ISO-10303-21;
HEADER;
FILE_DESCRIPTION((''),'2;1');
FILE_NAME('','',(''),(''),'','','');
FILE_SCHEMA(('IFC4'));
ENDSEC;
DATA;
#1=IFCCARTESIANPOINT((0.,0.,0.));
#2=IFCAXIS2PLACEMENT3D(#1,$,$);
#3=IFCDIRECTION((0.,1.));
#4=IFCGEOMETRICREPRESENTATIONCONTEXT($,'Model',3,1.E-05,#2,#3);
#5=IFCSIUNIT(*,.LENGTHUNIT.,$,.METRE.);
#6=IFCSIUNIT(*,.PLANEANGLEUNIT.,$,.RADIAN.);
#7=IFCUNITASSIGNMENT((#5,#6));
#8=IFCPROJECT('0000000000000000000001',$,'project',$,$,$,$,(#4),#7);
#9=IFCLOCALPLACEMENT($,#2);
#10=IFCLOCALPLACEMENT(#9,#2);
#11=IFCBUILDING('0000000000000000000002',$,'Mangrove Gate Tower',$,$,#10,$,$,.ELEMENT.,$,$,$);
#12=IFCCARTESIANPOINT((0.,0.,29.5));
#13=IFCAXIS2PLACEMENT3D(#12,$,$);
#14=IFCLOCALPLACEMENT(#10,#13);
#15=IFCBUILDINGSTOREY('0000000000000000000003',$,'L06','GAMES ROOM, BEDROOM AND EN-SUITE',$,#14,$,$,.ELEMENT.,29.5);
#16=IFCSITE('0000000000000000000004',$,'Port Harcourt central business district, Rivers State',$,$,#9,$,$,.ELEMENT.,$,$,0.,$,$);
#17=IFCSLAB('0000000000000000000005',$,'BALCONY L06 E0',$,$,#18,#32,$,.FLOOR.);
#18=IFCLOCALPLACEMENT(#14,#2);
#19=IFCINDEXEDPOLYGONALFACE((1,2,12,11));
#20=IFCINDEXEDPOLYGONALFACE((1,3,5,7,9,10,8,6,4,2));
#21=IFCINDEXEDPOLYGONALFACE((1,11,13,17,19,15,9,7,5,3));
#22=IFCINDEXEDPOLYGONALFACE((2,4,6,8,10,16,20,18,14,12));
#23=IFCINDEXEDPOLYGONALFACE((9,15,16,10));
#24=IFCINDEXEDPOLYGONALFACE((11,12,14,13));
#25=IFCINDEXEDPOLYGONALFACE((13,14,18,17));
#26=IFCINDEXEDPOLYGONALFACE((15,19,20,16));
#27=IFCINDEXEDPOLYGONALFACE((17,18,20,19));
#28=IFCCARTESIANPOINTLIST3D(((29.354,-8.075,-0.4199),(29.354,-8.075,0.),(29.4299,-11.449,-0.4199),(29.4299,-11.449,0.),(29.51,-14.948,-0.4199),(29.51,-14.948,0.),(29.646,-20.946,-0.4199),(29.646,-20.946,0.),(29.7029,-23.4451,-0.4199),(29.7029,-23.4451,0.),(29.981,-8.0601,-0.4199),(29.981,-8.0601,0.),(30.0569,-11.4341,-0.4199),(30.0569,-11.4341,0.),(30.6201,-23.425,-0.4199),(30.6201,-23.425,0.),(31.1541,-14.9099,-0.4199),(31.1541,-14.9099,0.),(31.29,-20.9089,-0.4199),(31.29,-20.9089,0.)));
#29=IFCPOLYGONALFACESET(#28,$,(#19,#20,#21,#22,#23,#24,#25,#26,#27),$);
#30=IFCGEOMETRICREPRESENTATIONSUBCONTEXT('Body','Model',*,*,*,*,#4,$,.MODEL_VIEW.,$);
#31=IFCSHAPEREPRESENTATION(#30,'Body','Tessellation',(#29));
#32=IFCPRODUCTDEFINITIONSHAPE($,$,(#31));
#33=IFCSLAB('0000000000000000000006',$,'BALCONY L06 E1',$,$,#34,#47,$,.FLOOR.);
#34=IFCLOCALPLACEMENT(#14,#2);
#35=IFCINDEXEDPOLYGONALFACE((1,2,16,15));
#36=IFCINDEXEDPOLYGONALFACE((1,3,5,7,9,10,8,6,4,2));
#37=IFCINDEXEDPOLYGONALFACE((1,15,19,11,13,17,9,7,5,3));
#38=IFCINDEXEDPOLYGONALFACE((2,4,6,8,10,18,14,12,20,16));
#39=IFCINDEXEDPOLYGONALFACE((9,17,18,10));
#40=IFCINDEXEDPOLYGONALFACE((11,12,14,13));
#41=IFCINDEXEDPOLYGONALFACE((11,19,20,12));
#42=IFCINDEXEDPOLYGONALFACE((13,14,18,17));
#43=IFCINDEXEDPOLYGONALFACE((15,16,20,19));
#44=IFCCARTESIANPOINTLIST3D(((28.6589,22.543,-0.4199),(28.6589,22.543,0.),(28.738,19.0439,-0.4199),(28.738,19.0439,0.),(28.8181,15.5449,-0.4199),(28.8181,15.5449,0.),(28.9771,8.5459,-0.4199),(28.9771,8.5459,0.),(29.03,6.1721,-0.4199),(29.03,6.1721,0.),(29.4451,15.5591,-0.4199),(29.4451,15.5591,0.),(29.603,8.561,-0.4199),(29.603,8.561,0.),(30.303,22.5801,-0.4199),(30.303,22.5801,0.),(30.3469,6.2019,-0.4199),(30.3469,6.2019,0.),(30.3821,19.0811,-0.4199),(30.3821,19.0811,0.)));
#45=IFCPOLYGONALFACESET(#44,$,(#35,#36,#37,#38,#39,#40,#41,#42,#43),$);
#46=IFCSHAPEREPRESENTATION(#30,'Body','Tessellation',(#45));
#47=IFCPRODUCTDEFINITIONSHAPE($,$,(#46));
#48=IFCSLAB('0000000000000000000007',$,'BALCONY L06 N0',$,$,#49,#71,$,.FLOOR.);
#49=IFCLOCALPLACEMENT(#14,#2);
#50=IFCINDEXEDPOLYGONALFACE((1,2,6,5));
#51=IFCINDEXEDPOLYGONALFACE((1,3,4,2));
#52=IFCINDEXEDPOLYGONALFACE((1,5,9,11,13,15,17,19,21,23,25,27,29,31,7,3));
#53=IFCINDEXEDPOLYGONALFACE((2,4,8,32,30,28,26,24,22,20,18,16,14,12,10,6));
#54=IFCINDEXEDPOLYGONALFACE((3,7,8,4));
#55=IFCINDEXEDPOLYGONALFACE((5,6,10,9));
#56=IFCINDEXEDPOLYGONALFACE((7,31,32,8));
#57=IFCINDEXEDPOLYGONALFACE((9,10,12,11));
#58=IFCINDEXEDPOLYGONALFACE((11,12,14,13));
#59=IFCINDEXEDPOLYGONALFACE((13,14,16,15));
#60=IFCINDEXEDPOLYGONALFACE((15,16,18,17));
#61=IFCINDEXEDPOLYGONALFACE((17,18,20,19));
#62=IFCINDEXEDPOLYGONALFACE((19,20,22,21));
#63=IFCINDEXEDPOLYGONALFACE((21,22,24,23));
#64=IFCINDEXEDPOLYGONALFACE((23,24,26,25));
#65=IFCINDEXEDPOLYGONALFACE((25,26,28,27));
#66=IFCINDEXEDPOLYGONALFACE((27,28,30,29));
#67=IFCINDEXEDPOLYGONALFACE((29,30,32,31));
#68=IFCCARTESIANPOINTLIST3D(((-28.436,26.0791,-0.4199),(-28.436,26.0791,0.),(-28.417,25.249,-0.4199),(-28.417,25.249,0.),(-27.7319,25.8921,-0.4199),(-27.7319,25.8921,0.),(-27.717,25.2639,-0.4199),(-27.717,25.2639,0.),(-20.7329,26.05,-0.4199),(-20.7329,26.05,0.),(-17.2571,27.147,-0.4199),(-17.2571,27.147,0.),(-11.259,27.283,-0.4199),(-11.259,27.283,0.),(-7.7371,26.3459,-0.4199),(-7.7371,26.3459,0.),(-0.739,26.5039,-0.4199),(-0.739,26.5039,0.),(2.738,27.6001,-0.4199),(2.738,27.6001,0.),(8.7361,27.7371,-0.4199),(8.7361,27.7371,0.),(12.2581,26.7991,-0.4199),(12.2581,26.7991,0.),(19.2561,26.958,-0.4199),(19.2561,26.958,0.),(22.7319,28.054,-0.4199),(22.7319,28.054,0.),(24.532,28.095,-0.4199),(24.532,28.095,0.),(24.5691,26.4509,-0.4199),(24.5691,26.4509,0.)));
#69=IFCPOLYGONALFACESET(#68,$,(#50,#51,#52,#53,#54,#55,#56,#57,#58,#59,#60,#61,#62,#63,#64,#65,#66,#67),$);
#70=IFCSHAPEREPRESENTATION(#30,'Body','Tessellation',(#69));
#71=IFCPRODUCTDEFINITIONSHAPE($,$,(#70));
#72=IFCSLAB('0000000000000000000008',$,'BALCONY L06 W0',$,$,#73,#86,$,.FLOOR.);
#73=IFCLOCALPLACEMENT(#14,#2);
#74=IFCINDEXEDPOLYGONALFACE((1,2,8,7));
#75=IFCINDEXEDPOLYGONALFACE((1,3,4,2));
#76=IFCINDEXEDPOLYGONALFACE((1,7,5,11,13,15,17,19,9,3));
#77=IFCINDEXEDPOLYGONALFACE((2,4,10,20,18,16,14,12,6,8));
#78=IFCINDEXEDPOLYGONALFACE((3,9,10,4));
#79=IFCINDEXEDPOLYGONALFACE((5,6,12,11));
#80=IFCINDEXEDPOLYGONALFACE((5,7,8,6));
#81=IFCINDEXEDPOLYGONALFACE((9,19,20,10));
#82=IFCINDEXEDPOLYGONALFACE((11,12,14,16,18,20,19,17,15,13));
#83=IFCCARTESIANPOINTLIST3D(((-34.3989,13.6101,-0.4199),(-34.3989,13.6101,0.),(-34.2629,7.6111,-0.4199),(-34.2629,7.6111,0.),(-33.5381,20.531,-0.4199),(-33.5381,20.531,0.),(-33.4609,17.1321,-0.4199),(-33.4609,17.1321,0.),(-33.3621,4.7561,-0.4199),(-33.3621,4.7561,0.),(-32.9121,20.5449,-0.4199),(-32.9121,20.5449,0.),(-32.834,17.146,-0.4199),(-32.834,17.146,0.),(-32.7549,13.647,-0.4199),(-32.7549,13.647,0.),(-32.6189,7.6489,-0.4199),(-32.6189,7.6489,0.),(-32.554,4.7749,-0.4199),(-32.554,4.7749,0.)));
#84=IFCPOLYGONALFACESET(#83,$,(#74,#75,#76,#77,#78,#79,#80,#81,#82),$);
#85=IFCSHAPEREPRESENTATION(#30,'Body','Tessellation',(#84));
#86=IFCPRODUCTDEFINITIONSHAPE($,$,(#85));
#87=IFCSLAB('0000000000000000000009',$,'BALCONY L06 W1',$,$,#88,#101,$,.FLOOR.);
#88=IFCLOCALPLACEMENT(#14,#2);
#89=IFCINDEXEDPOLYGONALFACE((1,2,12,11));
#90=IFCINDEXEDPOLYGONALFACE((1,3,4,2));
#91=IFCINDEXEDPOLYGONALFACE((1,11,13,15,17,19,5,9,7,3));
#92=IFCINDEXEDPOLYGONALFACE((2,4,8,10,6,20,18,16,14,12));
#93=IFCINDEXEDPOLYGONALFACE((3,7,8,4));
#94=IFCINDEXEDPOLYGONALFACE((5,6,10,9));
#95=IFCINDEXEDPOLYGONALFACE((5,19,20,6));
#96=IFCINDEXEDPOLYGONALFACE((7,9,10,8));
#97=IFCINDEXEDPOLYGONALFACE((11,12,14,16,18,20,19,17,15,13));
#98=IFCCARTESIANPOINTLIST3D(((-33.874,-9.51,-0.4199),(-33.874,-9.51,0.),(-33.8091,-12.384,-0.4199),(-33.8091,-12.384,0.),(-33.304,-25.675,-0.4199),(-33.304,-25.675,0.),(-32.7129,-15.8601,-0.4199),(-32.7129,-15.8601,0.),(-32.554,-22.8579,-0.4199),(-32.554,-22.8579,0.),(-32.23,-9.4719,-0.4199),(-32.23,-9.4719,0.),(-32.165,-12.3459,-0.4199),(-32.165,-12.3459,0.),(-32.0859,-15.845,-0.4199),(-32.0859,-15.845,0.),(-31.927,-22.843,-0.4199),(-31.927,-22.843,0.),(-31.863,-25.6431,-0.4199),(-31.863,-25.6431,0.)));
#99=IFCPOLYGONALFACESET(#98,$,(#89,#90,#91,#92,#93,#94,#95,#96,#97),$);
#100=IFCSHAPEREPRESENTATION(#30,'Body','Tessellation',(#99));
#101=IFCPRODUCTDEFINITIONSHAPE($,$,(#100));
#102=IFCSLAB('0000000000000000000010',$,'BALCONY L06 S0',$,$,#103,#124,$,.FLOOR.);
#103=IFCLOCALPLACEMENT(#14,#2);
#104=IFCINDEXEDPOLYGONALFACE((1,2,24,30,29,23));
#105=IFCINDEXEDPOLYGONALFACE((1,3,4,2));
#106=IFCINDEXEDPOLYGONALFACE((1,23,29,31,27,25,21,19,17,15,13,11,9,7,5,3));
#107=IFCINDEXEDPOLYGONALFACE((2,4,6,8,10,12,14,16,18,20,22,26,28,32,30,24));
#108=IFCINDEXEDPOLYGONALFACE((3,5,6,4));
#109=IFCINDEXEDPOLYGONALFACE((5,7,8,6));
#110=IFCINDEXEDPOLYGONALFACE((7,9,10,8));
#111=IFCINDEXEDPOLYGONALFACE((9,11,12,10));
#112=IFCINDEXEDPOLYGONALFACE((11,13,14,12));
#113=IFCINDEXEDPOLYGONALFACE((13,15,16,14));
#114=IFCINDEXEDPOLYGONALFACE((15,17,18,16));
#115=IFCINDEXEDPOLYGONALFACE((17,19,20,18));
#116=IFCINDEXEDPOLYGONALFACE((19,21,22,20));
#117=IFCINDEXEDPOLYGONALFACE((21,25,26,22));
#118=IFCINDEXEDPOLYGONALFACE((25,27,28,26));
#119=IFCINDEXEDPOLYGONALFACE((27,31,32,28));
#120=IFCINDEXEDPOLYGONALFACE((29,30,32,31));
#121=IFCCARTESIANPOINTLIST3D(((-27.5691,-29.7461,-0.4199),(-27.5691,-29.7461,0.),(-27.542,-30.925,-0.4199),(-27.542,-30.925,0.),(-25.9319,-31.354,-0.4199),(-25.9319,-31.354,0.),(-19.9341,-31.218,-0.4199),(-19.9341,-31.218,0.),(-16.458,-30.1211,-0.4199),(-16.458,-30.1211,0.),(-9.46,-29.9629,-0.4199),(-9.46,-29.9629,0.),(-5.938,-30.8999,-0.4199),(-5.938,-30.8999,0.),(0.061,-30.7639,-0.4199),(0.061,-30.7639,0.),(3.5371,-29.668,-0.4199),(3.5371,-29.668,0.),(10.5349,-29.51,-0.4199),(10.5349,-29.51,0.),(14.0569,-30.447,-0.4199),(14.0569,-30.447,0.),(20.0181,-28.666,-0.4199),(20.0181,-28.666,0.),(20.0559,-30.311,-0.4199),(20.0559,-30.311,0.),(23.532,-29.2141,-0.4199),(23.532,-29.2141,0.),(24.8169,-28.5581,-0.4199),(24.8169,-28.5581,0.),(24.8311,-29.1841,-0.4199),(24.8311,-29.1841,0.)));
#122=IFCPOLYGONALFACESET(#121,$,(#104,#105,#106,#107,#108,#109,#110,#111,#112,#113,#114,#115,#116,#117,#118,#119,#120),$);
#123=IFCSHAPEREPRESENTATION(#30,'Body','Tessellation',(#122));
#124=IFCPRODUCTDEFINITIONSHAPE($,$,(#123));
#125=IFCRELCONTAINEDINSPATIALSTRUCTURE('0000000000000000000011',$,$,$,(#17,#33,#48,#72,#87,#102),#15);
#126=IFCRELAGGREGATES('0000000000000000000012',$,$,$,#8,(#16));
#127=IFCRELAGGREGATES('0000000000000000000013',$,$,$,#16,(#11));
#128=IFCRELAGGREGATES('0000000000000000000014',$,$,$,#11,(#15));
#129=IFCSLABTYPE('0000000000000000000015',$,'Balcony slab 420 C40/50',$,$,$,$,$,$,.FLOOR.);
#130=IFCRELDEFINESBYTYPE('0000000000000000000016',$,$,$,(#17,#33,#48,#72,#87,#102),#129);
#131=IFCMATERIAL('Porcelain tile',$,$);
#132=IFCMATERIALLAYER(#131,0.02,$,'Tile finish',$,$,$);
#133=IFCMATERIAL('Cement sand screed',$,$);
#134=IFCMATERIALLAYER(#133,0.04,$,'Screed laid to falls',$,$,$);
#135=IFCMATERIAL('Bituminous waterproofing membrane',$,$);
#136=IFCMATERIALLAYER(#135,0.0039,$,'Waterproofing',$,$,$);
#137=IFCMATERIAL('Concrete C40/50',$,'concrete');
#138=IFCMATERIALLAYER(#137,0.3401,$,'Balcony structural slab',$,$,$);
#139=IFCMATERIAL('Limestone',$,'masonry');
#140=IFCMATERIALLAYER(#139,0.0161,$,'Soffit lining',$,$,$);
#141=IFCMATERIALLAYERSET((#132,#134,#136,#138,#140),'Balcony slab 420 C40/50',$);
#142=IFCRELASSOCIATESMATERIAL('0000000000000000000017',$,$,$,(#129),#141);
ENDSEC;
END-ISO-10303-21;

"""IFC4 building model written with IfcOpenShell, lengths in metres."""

from ifc_helpers import new_model, si_unit, direction, frame, origin, place, context, subcontext, project, spatial, polyline, outline, extrude, material, layer, layer_set, type_object, element, save


model = new_model("IFC4")

# Units and contexts
model_context = context("Model", 3, precision=1e-05, world=origin(), true_north=direction((0.0, 1.0)))
body_context = subcontext(model_context, "Body", "Model", "MODEL_VIEW")
ifc_project = project(units=[si_unit("LENGTHUNIT", "METRE"), si_unit("PLANEANGLEUNIT", "RADIAN")], contexts=[model_context])

# Site, building, storey
site_placement = place(None, origin())
site = spatial("IfcSite", under=ifc_project, at=site_placement, Name="Port Harcourt central business district, Rivers State", CompositionType="ELEMENT", RefElevation=0.0)
building_placement = place(site_placement, origin())
building = spatial("IfcBuilding", under=site, at=building_placement, Name="Mangrove Gate Tower", CompositionType="ELEMENT")
storey_placement = place(building_placement, frame((0.0, 0.0, 29.5)))
storey = spatial("IfcBuildingStorey", under=building, at=storey_placement, Name="L06", Description="GAMES ROOM, BEDROOM AND EN-SUITE", CompositionType="ELEMENT", Elevation=29.5)

# Slabs
ifc_material_1 = material(Name="Porcelain tile")
ifc_layer_1 = layer(ifc_material_1, 0.02, Name="Tile finish")
ifc_material_2 = material(Name="Cement sand screed")
ifc_layer_2 = layer(ifc_material_2, 0.04, Name="Screed laid to falls")
ifc_material_3 = material(Name="Bituminous waterproofing membrane")
ifc_layer_3 = layer(ifc_material_3, 0.0039, Name="Waterproofing")
ifc_material_4 = material(Name="Concrete C40/50", Category="concrete")
ifc_layer_4 = layer(ifc_material_4, 0.3401, Name="Balcony structural slab")
ifc_material_5 = material(Name="Limestone", Category="masonry")
ifc_layer_5 = layer(ifc_material_5, 0.0161, Name="Soffit lining")
ifc_layer_set_1 = layer_set([ifc_layer_1, ifc_layer_2, ifc_layer_3, ifc_layer_4, ifc_layer_5], Name="Balcony slab 420 C40/50")
slab_type_1 = type_object("IfcSlabType", Name="Balcony slab 420 C40/50", PredefinedType="FLOOR", material=ifc_layer_set_1)
slab_1_placement = place(storey_placement, frame((0.0, 0.0, -0.4199)))
element("IfcSlab", 1, at=slab_1_placement, inside=storey, type_object=slab_type_1, Name="BALCONY L06 E0", PredefinedType="FLOOR", context=body_context, shape_type="SweptSolid", body=[
    extrude(outline(polyline([(30.6201, -23.425), (31.29, -20.9089), (31.1541, -14.9099), (30.0569, -11.4341), (29.981, -8.0601), (29.354, -8.075), (29.4299, -11.449), (29.51, -14.948), (29.646, -20.946), (29.7029, -23.4451), (30.6201, -23.425)])), origin(), (0.0, 0.0, 1.0), 0.4199),
])
slab_2_placement = place(storey_placement, frame((0.0, 0.0, -0.4199)))
element("IfcSlab", 2, at=slab_2_placement, inside=storey, type_object=slab_type_1, Name="BALCONY L06 E1", PredefinedType="FLOOR", context=body_context, shape_type="SweptSolid", body=[
    extrude(outline(polyline([(30.3469, 6.2019), (29.603, 8.561), (29.4451, 15.5591), (30.3821, 19.0811), (30.303, 22.5801), (28.6589, 22.543), (28.738, 19.0439), (28.8181, 15.5449), (28.9771, 8.5459), (29.03, 6.1721), (30.3469, 6.2019)])), origin(), (0.0, 0.0, 1.0), 0.4199),
])
slab_3_placement = place(storey_placement, frame((0.0, 0.0, -0.4199)))
element("IfcSlab", 3, at=slab_3_placement, inside=storey, type_object=slab_type_1, Name="BALCONY L06 N0", PredefinedType="FLOOR", context=body_context, shape_type="SweptSolid", body=[
    extrude(outline(polyline([(24.532, 28.095), (22.7319, 28.054), (19.2561, 26.958), (12.2581, 26.7991), (8.7361, 27.7371), (2.738, 27.6001), (-0.739, 26.5039), (-7.7371, 26.3459), (-11.259, 27.283), (-17.2571, 27.147), (-20.7329, 26.05), (-27.7319, 25.8921), (-28.436, 26.0791), (-28.417, 25.249), (-27.717, 25.2639), (24.5691, 26.4509), (24.532, 28.095)])), origin(), (0.0, 0.0, 1.0), 0.4199),
])
slab_4_placement = place(storey_placement, frame((0.0, 0.0, -0.4199)))
element("IfcSlab", 4, at=slab_4_placement, inside=storey, type_object=slab_type_1, Name="BALCONY L06 W0", PredefinedType="FLOOR", context=body_context, shape_type="SweptSolid", body=[
    extrude(outline(polyline([(-33.5381, 20.531), (-33.4609, 17.1321), (-34.3989, 13.6101), (-34.2629, 7.6111), (-33.3621, 4.7561), (-32.554, 4.7749), (-32.6189, 7.6489), (-32.7549, 13.647), (-32.834, 17.146), (-32.9121, 20.5449), (-33.5381, 20.531)])), origin(), (0.0, 0.0, 1.0), 0.4199),
])
slab_5_placement = place(storey_placement, frame((0.0, 0.0, -0.4199)))
element("IfcSlab", 5, at=slab_5_placement, inside=storey, type_object=slab_type_1, Name="BALCONY L06 W1", PredefinedType="FLOOR", context=body_context, shape_type="SweptSolid", body=[
    extrude(outline(polyline([(-33.874, -9.51), (-33.8091, -12.384), (-32.7129, -15.8601), (-32.554, -22.8579), (-33.304, -25.675), (-31.863, -25.6431), (-31.927, -22.843), (-32.0859, -15.845), (-32.165, -12.3459), (-32.23, -9.4719), (-33.874, -9.51)])), origin(), (0.0, 0.0, 1.0), 0.4199),
])
slab_6_placement = place(storey_placement, frame((0.0, 0.0, -0.4199)))
element("IfcSlab", 6, at=slab_6_placement, inside=storey, type_object=slab_type_1, Name="BALCONY L06 S0", PredefinedType="FLOOR", context=body_context, shape_type="SweptSolid", body=[
    extrude(outline(polyline([(-27.542, -30.925), (-25.9319, -31.354), (-19.9341, -31.218), (-16.458, -30.1211), (-9.46, -29.9629), (-5.938, -30.8999), (0.061, -30.7639), (3.5371, -29.668), (10.5349, -29.51), (14.0569, -30.447), (20.0559, -30.311), (23.532, -29.2141), (24.8311, -29.1841), (24.8169, -28.5581), (20.0181, -28.666), (-27.5691, -29.7461), (-27.542, -30.925)])), origin(), (0.0, 0.0, 1.0), 0.4199),
])

save(model, "model.ifc")
